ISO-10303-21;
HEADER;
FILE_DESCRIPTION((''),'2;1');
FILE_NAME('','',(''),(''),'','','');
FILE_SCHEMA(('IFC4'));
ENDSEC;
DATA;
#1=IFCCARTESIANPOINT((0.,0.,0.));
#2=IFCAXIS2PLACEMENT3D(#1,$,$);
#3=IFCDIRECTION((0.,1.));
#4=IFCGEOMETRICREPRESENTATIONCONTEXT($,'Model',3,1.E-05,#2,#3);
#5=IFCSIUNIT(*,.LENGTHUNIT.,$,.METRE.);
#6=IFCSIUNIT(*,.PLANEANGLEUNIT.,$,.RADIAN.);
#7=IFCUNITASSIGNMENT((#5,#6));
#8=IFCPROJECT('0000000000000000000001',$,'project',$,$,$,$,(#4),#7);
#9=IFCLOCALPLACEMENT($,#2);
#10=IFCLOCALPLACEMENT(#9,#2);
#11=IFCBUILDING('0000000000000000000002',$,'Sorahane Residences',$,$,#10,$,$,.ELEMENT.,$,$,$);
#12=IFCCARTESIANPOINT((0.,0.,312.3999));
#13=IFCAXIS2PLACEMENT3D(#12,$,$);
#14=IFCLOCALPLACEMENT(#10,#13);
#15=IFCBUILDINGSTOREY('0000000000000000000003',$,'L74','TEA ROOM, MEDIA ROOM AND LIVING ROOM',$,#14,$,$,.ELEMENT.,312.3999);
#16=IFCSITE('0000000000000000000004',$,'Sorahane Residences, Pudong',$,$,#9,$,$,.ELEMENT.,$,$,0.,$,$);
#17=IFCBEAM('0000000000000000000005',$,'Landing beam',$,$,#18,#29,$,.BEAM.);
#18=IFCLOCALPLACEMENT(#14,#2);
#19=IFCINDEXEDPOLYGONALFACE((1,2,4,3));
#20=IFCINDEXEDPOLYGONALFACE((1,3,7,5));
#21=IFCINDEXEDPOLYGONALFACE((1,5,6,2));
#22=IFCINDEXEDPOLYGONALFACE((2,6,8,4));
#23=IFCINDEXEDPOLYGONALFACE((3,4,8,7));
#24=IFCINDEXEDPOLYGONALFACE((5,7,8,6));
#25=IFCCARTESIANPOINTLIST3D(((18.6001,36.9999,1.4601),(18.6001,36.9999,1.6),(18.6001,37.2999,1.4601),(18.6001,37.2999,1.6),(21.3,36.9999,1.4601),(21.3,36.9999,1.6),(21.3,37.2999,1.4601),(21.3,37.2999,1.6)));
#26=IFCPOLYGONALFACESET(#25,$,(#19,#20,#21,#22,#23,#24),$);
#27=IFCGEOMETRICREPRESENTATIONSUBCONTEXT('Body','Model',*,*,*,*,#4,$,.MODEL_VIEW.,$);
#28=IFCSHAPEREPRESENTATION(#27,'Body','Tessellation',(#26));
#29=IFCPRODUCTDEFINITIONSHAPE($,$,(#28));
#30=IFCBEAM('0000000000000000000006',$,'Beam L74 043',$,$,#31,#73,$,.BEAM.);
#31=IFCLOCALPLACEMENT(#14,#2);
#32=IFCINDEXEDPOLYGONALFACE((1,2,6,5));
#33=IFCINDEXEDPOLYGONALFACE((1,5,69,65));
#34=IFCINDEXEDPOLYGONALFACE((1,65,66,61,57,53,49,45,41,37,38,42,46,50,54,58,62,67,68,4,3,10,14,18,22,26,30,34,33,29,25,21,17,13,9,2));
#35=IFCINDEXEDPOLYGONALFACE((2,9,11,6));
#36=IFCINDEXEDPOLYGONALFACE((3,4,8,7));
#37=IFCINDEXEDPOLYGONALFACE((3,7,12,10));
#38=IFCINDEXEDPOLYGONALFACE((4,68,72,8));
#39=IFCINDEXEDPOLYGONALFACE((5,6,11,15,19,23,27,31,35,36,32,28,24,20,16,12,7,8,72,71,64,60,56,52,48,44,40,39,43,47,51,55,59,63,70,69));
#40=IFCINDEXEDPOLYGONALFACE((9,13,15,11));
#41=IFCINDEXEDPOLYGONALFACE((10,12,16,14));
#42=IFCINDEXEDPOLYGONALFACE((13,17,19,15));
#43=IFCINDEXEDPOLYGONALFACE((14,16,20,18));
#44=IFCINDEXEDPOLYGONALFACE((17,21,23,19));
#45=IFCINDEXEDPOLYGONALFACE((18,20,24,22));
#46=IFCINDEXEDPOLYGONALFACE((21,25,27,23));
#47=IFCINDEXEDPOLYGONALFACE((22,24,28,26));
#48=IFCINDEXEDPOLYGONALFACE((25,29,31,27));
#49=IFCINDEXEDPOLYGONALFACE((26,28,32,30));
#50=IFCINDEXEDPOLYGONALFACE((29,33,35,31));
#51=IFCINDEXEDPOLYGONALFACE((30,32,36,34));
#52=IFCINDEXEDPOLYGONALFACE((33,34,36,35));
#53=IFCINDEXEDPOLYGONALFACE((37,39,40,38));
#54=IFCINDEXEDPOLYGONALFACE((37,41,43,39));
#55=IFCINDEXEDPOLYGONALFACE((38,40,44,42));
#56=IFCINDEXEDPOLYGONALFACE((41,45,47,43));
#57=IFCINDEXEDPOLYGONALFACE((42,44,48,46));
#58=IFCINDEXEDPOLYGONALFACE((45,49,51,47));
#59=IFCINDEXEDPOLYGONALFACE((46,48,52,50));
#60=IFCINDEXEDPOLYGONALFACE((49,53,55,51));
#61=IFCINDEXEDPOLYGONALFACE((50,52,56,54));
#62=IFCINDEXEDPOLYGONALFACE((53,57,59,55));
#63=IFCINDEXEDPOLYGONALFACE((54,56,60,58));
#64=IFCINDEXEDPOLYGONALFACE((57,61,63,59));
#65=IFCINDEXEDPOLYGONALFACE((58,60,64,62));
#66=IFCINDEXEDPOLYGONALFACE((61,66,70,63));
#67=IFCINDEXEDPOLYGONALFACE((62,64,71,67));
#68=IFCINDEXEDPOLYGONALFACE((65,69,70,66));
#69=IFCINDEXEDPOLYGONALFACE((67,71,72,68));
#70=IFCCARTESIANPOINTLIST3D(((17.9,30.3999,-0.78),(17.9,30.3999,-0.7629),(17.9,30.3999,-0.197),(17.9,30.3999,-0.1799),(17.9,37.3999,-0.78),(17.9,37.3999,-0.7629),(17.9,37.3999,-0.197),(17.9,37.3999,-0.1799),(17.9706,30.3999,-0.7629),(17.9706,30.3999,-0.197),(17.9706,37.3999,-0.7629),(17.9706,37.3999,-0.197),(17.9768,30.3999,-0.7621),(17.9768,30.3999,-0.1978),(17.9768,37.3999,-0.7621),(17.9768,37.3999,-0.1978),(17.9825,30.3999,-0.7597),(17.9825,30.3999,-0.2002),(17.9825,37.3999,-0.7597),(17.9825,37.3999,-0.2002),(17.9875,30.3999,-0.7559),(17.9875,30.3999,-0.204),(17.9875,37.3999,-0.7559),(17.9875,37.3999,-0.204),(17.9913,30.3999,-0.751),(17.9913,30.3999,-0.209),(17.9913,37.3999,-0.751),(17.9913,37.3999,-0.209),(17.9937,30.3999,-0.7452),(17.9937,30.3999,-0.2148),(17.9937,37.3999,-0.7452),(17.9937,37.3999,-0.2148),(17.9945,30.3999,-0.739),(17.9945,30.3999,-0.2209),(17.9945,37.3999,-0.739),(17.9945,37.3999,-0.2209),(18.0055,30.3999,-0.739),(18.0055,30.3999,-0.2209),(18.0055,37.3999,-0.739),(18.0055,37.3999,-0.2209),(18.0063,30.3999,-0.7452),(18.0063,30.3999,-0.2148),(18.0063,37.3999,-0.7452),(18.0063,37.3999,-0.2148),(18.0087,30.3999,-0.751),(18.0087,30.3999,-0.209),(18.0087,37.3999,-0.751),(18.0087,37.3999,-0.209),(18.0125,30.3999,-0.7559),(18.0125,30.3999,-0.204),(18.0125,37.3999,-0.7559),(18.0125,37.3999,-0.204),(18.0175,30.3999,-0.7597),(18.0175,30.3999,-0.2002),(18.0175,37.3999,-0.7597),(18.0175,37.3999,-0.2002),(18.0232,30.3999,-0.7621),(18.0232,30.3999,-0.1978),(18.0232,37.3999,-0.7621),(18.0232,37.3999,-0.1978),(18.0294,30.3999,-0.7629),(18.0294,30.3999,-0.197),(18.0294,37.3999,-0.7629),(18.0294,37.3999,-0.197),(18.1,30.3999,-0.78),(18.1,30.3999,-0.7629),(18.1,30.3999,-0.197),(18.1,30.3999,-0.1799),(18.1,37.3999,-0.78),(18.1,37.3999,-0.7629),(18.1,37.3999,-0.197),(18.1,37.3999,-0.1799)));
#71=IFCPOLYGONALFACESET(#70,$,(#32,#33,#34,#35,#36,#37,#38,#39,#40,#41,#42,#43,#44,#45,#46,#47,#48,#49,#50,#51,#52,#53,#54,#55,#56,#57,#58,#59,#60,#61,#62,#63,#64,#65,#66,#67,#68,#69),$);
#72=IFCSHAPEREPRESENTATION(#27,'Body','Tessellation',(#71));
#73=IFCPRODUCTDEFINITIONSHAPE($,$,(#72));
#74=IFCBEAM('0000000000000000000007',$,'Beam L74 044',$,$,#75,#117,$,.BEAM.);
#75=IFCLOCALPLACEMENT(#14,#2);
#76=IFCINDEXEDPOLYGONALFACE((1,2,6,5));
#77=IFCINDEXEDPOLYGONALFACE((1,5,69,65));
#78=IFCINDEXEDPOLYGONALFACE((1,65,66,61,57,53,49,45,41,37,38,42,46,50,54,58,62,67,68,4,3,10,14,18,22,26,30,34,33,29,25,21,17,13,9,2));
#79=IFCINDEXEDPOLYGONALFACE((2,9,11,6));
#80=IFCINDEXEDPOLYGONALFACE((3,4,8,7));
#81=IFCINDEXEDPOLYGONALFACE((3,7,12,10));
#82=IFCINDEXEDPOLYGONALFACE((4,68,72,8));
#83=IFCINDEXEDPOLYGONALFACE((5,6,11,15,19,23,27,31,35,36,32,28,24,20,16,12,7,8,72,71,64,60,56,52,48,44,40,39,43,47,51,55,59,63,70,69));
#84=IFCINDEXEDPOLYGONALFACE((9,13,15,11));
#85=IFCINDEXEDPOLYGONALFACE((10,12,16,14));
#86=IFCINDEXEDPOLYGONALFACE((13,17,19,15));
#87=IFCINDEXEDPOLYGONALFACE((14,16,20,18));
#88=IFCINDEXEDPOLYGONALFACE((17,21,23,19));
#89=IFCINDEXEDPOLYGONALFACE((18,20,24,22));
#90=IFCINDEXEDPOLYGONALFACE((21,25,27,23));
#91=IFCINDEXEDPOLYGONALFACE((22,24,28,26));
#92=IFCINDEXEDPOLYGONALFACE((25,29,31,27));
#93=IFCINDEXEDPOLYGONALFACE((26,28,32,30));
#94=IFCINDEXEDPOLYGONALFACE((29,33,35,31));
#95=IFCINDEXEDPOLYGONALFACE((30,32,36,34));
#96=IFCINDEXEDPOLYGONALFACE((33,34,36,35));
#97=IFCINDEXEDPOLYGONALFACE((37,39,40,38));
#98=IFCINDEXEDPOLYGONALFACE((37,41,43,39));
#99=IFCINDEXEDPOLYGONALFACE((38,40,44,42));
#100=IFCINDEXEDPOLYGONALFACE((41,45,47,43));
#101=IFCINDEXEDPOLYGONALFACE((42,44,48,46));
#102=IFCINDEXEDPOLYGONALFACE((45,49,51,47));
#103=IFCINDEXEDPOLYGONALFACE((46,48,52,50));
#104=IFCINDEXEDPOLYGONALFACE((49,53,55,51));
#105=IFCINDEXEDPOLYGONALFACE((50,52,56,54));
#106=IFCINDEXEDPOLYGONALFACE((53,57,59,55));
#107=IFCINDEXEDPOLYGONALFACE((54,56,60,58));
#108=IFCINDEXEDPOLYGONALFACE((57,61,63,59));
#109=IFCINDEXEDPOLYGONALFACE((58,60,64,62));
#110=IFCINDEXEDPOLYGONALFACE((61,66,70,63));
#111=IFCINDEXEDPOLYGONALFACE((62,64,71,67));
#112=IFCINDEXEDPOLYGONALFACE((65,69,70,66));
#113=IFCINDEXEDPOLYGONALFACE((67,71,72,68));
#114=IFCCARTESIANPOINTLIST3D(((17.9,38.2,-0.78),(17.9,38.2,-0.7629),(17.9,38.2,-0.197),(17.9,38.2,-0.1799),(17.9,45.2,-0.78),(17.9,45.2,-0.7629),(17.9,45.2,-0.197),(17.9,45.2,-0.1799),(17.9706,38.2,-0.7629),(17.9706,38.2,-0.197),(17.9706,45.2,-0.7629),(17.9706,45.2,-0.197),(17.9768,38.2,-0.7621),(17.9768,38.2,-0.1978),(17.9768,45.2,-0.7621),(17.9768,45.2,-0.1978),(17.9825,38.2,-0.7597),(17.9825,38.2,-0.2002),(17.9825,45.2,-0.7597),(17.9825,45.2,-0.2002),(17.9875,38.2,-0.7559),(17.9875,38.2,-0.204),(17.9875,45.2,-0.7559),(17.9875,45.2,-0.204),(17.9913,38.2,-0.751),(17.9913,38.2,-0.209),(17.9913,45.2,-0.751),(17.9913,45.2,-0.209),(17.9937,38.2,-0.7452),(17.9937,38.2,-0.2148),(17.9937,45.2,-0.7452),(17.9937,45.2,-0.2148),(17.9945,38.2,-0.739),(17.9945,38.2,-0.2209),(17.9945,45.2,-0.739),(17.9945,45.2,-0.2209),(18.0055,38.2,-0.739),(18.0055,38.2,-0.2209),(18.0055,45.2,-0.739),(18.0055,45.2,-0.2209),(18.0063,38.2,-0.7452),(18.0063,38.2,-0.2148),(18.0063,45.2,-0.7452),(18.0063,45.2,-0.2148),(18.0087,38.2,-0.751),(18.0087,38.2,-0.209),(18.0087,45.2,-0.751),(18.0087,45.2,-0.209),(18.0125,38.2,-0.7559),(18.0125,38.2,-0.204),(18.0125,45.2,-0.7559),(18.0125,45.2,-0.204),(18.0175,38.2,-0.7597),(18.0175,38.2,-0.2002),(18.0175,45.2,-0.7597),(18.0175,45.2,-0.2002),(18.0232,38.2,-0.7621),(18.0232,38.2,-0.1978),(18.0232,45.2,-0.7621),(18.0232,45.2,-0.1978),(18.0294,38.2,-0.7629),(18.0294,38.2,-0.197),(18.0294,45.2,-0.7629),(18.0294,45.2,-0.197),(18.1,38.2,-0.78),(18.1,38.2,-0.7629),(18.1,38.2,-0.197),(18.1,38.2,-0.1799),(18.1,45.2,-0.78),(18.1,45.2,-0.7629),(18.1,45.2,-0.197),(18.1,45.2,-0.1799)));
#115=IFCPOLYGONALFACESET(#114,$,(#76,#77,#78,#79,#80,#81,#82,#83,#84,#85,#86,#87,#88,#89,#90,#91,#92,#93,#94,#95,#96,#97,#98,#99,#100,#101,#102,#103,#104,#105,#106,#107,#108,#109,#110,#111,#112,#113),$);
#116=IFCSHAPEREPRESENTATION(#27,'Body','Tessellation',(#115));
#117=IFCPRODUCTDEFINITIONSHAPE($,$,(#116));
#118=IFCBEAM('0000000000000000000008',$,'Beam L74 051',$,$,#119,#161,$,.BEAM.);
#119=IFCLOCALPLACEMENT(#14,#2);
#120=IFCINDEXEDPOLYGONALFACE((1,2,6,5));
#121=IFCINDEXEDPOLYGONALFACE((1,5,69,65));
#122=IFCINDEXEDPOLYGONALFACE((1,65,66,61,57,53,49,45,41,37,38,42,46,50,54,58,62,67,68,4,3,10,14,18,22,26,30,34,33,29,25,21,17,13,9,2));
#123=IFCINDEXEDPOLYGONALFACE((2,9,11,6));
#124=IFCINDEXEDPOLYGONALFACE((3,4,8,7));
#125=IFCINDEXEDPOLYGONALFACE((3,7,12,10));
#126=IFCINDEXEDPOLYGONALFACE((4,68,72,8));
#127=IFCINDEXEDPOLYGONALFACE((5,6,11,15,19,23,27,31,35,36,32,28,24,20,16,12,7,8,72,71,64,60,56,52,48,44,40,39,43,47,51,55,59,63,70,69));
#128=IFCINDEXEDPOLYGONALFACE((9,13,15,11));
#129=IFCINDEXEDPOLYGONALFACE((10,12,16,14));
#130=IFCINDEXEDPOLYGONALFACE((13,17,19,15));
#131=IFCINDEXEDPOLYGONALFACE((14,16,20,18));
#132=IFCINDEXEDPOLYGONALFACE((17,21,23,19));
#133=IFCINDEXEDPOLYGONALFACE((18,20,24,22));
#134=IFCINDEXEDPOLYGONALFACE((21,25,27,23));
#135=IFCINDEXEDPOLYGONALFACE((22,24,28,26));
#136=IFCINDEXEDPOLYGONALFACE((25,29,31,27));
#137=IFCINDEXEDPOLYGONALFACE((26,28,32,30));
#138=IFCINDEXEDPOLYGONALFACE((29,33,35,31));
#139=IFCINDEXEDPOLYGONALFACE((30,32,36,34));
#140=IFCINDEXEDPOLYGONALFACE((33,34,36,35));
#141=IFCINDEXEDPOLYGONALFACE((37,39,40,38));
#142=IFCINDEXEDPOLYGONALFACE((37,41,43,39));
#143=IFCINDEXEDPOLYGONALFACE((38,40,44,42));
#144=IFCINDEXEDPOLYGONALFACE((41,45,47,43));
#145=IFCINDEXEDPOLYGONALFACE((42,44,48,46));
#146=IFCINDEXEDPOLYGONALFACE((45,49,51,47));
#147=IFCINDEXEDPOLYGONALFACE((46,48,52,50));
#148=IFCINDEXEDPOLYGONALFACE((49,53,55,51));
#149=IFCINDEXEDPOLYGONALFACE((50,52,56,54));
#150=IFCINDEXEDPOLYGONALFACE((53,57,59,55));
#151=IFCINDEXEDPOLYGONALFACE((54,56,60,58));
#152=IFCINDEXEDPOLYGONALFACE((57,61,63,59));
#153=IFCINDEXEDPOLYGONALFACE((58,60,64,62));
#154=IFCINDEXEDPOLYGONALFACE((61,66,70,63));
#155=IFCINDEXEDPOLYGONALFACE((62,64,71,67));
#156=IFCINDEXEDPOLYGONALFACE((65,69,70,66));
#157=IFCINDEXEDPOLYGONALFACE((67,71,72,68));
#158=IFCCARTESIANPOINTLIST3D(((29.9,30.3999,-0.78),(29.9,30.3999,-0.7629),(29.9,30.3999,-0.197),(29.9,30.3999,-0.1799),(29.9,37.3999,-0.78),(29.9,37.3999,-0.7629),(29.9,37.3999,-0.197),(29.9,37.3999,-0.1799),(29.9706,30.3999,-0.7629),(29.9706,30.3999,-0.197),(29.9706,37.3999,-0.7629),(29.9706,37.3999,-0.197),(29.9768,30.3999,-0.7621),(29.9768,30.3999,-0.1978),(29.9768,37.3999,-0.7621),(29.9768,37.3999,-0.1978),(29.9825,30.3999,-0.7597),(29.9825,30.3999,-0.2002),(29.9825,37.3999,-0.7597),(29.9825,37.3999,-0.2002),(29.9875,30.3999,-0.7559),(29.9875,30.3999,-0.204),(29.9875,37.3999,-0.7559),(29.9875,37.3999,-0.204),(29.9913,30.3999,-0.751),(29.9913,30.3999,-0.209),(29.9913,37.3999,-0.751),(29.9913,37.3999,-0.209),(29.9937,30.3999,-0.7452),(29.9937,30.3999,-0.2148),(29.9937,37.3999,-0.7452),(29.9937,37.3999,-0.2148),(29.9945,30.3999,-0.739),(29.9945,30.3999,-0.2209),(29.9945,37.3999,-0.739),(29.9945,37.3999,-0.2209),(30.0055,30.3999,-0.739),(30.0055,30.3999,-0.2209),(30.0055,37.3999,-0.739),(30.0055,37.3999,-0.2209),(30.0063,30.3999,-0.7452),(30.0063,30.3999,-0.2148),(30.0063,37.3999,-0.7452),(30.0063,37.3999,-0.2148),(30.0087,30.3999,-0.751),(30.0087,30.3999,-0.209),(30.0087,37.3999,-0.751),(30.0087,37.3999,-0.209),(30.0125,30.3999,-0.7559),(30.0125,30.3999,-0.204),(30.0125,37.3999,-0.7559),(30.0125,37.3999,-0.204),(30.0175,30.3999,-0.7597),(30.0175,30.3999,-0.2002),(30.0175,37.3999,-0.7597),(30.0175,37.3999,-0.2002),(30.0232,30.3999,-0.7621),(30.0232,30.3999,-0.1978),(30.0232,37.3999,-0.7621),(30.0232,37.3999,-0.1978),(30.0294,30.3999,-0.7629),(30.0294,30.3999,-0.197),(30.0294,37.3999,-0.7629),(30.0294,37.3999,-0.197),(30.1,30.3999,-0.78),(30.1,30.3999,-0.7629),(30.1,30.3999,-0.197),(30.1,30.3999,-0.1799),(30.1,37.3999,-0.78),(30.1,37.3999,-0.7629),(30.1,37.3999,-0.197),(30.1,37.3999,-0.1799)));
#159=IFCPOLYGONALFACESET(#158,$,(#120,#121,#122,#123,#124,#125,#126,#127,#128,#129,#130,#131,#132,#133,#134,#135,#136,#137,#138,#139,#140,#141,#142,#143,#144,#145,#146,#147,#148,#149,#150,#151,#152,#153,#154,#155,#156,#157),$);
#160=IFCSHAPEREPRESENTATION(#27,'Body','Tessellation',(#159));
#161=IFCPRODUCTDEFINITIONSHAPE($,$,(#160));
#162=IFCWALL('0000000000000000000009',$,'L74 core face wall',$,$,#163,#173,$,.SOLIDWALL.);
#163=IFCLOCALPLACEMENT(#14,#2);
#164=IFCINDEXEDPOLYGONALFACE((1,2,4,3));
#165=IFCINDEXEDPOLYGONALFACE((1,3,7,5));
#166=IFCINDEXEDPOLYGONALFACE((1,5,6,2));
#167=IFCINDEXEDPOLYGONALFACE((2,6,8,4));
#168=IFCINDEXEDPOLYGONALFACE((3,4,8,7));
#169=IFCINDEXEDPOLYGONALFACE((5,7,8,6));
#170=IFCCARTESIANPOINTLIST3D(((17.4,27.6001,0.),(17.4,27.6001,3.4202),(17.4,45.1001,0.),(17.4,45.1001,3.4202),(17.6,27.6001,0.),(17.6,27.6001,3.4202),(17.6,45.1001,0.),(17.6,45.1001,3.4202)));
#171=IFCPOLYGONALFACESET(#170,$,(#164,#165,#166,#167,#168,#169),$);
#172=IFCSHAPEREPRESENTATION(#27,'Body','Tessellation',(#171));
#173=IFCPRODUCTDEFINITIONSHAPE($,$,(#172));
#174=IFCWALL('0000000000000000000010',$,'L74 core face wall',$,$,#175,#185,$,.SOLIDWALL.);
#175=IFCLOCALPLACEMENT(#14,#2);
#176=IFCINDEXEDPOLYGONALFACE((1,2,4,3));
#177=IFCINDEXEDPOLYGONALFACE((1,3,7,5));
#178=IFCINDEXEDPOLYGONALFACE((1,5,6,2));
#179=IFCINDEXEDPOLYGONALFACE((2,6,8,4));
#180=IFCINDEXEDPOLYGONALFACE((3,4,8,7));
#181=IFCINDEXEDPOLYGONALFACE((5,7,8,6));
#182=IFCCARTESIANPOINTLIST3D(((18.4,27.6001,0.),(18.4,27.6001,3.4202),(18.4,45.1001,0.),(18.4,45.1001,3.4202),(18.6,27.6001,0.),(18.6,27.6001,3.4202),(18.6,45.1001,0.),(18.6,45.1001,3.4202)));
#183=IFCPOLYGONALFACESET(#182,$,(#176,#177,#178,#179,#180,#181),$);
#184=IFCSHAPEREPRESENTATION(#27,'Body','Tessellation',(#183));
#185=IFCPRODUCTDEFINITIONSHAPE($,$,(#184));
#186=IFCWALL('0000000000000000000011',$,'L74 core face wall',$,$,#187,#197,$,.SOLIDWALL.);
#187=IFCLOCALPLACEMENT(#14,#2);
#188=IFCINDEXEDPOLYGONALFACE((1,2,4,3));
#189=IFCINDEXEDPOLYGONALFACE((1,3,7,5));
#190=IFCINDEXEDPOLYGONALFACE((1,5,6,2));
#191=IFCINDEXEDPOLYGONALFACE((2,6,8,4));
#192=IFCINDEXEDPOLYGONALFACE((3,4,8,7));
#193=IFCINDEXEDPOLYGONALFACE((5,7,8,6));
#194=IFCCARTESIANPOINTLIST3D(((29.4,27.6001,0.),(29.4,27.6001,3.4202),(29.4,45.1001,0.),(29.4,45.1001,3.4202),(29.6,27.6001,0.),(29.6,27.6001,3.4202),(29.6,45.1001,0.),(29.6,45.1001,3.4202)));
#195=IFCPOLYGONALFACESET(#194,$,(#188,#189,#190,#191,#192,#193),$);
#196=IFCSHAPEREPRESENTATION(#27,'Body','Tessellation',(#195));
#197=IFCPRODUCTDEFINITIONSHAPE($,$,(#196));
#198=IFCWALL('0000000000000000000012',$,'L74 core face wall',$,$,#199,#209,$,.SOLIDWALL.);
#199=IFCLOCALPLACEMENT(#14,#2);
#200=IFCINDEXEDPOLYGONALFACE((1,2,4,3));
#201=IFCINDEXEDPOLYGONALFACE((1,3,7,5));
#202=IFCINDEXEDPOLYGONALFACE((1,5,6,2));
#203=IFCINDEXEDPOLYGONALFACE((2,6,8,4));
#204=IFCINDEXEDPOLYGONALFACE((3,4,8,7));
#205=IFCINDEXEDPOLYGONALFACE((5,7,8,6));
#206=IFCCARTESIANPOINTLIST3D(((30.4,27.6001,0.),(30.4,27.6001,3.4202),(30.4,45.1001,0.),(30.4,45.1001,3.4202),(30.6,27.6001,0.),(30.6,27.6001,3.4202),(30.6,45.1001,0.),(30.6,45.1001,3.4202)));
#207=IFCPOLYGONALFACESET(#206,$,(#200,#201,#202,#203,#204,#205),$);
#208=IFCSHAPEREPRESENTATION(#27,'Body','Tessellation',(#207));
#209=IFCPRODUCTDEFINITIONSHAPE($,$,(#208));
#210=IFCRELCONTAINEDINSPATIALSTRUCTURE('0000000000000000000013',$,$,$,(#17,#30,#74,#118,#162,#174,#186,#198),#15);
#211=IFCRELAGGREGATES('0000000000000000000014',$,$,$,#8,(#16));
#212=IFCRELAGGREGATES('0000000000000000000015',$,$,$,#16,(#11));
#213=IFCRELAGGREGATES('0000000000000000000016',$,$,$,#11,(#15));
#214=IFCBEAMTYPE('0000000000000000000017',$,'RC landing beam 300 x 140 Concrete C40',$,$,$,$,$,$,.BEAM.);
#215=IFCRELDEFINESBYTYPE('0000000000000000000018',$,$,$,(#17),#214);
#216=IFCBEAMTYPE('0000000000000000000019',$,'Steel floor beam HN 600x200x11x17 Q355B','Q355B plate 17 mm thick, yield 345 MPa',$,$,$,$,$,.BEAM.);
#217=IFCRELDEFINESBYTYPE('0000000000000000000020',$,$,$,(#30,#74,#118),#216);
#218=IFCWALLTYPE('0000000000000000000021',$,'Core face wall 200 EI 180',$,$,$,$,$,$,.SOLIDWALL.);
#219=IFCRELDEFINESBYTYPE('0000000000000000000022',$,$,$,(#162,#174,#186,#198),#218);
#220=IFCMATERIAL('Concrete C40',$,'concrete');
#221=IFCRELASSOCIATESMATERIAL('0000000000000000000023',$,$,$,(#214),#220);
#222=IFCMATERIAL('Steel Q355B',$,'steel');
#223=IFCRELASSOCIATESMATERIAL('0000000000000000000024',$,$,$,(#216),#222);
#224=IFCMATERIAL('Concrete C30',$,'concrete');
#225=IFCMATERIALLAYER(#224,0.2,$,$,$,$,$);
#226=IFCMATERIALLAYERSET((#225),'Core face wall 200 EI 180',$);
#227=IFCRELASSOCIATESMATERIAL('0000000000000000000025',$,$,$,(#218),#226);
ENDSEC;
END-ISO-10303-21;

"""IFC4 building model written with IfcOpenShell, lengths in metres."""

from ifc_helpers import new_model, si_unit, direction, frame, frame_2d, origin, origin_2d, place, context, subcontext, project, spatial, rectangle, i_section, extrude, material, layer, layer_set, material_profile, profile_set, type_object, element, save


model = new_model("IFC4")

# Units and contexts
model_context = context("Model", 3, precision=1e-05, world=origin(), true_north=direction((0.0, 1.0)))
body_context = subcontext(model_context, "Body", "Model", "MODEL_VIEW")
ifc_project = project(units=[si_unit("LENGTHUNIT", "METRE"), si_unit("PLANEANGLEUNIT", "RADIAN")], contexts=[model_context])

# Site, building, storey
site_placement = place(None, origin())
site = spatial("IfcSite", under=ifc_project, at=site_placement, Name="Sorahane Residences, Pudong", CompositionType="ELEMENT", RefElevation=0.0)
building_placement = place(site_placement, origin())
building = spatial("IfcBuilding", under=site, at=building_placement, Name="Sorahane Residences", CompositionType="ELEMENT")
storey_placement = place(building_placement, frame((0.0, 0.0, 312.3999)))
storey = spatial("IfcBuildingStorey", under=building, at=storey_placement, Name="L74", Description="TEA ROOM, MEDIA ROOM AND LIVING ROOM", CompositionType="ELEMENT", Elevation=312.3999)

# Beams
ifc_material_1 = material(Name="Concrete C40", Category="concrete")
ifc_material_profile_1 = material_profile(ifc_material_1, rectangle(XDim=0.3, YDim=0.1399, at=origin_2d()), Name="300x140")
ifc_profile_set_1 = profile_set([ifc_material_profile_1], Name="Concrete C40")
beam_type_1 = type_object("IfcBeamType", Name="RC landing beam 300 x 140 Concrete C40", PredefinedType="BEAM", material=ifc_profile_set_1)
beam_placement = place(storey_placement, frame((18.6001, 37.1499, 1.53), z_axis=(1.0, 0.0, 0.0), x_axis=(0.0, 1.0, 0.0)))
element("IfcBeam", 1, at=beam_placement, inside=storey, type_object=beam_type_1, Name="Landing beam", PredefinedType="BEAM", context=body_context, shape_type="SweptSolid", body=[
    extrude(rectangle(XDim=0.3, YDim=0.1399, at=origin_2d()), origin(), (0.0, 0.0, 1.0), 2.7),
])
ifc_material_2 = material(Name="Steel Q355B", Category="steel")
ifc_material_profile_2 = material_profile(ifc_material_2, i_section(OverallWidth=0.2, OverallDepth=0.6001, WebThickness=0.011, FlangeThickness=0.0171, FilletRadius=0.0239, at=origin_2d()), Name="HN 600x200x11x17")
ifc_profile_set_2 = profile_set([ifc_material_profile_2], Name="Steel Q355B")
beam_type_2 = type_object("IfcBeamType", Name="Steel floor beam HN 600x200x11x17 Q355B", Description="Q355B plate 17 mm thick, yield 345 MPa", PredefinedType="BEAM", material=ifc_profile_set_2)
for number, where, z_axis, x_axis, name in (
    (2, (18.0, 30.3999, -0.48), (0.0, 1.0, 0.0), (-1.0, 0.0, 0.0), "Beam L74 043"),
    (3, (18.0, 38.2, -0.48), (0.0, 1.0, 0.0), (-1.0, 0.0, 0.0), "Beam L74 044"),
    (4, (30.0, 30.3999, -0.48), (0.0, 1.0, 0.0), (-1.0, 0.0, 0.0), "Beam L74 051"),
):
    element("IfcBeam", number, at=place(storey_placement, frame(where, z_axis=z_axis, x_axis=x_axis)), inside=storey, type_object=beam_type_2, Name=name, PredefinedType="BEAM", context=body_context, shape_type="SweptSolid", body=[
        extrude(i_section(OverallWidth=0.2, OverallDepth=0.6001, WebThickness=0.011, FlangeThickness=0.0171, FilletRadius=0.0239, at=origin_2d()), origin(), (0.0, 0.0, 1.0), 7.0),
    ])

# Walls
ifc_material_3 = material(Name="Concrete C30", Category="concrete")
ifc_layer_1 = layer(ifc_material_3, 0.2)
ifc_layer_set_1 = layer_set([ifc_layer_1], Name="Core face wall 200 EI 180")
wall_type_1 = type_object("IfcWallType", Name="Core face wall 200 EI 180", PredefinedType="SOLIDWALL", material=ifc_layer_set_1)
for number, where, z_axis, x_axis, name in (
    (5, (17.5, 27.6001, 0.0), (0.0, 0.0, 1.0), (0.0, 1.0, 0.0), "L74 core face wall"),
    (6, (18.5, 27.6001, 0.0), (0.0, 0.0, 1.0), (0.0, 1.0, 0.0), "L74 core face wall"),
    (7, (29.5, 27.6001, 0.0), (0.0, 0.0, 1.0), (0.0, 1.0, 0.0), "L74 core face wall"),
    (8, (30.5, 27.6001, 0.0), (0.0, 0.0, 1.0), (0.0, 1.0, 0.0), "L74 core face wall"),
):
    element("IfcWall", number, at=place(storey_placement, frame(where, z_axis=z_axis, x_axis=x_axis)), inside=storey, type_object=wall_type_1, Name=name, PredefinedType="SOLIDWALL", context=body_context, shape_type="SweptSolid", body=[
        extrude(rectangle(XDim=17.5, YDim=0.2, at=frame_2d((8.75, 0.0))), origin(), (0.0, 0.0, 1.0), 3.4202),
    ])

save(model, "model.ifc")
